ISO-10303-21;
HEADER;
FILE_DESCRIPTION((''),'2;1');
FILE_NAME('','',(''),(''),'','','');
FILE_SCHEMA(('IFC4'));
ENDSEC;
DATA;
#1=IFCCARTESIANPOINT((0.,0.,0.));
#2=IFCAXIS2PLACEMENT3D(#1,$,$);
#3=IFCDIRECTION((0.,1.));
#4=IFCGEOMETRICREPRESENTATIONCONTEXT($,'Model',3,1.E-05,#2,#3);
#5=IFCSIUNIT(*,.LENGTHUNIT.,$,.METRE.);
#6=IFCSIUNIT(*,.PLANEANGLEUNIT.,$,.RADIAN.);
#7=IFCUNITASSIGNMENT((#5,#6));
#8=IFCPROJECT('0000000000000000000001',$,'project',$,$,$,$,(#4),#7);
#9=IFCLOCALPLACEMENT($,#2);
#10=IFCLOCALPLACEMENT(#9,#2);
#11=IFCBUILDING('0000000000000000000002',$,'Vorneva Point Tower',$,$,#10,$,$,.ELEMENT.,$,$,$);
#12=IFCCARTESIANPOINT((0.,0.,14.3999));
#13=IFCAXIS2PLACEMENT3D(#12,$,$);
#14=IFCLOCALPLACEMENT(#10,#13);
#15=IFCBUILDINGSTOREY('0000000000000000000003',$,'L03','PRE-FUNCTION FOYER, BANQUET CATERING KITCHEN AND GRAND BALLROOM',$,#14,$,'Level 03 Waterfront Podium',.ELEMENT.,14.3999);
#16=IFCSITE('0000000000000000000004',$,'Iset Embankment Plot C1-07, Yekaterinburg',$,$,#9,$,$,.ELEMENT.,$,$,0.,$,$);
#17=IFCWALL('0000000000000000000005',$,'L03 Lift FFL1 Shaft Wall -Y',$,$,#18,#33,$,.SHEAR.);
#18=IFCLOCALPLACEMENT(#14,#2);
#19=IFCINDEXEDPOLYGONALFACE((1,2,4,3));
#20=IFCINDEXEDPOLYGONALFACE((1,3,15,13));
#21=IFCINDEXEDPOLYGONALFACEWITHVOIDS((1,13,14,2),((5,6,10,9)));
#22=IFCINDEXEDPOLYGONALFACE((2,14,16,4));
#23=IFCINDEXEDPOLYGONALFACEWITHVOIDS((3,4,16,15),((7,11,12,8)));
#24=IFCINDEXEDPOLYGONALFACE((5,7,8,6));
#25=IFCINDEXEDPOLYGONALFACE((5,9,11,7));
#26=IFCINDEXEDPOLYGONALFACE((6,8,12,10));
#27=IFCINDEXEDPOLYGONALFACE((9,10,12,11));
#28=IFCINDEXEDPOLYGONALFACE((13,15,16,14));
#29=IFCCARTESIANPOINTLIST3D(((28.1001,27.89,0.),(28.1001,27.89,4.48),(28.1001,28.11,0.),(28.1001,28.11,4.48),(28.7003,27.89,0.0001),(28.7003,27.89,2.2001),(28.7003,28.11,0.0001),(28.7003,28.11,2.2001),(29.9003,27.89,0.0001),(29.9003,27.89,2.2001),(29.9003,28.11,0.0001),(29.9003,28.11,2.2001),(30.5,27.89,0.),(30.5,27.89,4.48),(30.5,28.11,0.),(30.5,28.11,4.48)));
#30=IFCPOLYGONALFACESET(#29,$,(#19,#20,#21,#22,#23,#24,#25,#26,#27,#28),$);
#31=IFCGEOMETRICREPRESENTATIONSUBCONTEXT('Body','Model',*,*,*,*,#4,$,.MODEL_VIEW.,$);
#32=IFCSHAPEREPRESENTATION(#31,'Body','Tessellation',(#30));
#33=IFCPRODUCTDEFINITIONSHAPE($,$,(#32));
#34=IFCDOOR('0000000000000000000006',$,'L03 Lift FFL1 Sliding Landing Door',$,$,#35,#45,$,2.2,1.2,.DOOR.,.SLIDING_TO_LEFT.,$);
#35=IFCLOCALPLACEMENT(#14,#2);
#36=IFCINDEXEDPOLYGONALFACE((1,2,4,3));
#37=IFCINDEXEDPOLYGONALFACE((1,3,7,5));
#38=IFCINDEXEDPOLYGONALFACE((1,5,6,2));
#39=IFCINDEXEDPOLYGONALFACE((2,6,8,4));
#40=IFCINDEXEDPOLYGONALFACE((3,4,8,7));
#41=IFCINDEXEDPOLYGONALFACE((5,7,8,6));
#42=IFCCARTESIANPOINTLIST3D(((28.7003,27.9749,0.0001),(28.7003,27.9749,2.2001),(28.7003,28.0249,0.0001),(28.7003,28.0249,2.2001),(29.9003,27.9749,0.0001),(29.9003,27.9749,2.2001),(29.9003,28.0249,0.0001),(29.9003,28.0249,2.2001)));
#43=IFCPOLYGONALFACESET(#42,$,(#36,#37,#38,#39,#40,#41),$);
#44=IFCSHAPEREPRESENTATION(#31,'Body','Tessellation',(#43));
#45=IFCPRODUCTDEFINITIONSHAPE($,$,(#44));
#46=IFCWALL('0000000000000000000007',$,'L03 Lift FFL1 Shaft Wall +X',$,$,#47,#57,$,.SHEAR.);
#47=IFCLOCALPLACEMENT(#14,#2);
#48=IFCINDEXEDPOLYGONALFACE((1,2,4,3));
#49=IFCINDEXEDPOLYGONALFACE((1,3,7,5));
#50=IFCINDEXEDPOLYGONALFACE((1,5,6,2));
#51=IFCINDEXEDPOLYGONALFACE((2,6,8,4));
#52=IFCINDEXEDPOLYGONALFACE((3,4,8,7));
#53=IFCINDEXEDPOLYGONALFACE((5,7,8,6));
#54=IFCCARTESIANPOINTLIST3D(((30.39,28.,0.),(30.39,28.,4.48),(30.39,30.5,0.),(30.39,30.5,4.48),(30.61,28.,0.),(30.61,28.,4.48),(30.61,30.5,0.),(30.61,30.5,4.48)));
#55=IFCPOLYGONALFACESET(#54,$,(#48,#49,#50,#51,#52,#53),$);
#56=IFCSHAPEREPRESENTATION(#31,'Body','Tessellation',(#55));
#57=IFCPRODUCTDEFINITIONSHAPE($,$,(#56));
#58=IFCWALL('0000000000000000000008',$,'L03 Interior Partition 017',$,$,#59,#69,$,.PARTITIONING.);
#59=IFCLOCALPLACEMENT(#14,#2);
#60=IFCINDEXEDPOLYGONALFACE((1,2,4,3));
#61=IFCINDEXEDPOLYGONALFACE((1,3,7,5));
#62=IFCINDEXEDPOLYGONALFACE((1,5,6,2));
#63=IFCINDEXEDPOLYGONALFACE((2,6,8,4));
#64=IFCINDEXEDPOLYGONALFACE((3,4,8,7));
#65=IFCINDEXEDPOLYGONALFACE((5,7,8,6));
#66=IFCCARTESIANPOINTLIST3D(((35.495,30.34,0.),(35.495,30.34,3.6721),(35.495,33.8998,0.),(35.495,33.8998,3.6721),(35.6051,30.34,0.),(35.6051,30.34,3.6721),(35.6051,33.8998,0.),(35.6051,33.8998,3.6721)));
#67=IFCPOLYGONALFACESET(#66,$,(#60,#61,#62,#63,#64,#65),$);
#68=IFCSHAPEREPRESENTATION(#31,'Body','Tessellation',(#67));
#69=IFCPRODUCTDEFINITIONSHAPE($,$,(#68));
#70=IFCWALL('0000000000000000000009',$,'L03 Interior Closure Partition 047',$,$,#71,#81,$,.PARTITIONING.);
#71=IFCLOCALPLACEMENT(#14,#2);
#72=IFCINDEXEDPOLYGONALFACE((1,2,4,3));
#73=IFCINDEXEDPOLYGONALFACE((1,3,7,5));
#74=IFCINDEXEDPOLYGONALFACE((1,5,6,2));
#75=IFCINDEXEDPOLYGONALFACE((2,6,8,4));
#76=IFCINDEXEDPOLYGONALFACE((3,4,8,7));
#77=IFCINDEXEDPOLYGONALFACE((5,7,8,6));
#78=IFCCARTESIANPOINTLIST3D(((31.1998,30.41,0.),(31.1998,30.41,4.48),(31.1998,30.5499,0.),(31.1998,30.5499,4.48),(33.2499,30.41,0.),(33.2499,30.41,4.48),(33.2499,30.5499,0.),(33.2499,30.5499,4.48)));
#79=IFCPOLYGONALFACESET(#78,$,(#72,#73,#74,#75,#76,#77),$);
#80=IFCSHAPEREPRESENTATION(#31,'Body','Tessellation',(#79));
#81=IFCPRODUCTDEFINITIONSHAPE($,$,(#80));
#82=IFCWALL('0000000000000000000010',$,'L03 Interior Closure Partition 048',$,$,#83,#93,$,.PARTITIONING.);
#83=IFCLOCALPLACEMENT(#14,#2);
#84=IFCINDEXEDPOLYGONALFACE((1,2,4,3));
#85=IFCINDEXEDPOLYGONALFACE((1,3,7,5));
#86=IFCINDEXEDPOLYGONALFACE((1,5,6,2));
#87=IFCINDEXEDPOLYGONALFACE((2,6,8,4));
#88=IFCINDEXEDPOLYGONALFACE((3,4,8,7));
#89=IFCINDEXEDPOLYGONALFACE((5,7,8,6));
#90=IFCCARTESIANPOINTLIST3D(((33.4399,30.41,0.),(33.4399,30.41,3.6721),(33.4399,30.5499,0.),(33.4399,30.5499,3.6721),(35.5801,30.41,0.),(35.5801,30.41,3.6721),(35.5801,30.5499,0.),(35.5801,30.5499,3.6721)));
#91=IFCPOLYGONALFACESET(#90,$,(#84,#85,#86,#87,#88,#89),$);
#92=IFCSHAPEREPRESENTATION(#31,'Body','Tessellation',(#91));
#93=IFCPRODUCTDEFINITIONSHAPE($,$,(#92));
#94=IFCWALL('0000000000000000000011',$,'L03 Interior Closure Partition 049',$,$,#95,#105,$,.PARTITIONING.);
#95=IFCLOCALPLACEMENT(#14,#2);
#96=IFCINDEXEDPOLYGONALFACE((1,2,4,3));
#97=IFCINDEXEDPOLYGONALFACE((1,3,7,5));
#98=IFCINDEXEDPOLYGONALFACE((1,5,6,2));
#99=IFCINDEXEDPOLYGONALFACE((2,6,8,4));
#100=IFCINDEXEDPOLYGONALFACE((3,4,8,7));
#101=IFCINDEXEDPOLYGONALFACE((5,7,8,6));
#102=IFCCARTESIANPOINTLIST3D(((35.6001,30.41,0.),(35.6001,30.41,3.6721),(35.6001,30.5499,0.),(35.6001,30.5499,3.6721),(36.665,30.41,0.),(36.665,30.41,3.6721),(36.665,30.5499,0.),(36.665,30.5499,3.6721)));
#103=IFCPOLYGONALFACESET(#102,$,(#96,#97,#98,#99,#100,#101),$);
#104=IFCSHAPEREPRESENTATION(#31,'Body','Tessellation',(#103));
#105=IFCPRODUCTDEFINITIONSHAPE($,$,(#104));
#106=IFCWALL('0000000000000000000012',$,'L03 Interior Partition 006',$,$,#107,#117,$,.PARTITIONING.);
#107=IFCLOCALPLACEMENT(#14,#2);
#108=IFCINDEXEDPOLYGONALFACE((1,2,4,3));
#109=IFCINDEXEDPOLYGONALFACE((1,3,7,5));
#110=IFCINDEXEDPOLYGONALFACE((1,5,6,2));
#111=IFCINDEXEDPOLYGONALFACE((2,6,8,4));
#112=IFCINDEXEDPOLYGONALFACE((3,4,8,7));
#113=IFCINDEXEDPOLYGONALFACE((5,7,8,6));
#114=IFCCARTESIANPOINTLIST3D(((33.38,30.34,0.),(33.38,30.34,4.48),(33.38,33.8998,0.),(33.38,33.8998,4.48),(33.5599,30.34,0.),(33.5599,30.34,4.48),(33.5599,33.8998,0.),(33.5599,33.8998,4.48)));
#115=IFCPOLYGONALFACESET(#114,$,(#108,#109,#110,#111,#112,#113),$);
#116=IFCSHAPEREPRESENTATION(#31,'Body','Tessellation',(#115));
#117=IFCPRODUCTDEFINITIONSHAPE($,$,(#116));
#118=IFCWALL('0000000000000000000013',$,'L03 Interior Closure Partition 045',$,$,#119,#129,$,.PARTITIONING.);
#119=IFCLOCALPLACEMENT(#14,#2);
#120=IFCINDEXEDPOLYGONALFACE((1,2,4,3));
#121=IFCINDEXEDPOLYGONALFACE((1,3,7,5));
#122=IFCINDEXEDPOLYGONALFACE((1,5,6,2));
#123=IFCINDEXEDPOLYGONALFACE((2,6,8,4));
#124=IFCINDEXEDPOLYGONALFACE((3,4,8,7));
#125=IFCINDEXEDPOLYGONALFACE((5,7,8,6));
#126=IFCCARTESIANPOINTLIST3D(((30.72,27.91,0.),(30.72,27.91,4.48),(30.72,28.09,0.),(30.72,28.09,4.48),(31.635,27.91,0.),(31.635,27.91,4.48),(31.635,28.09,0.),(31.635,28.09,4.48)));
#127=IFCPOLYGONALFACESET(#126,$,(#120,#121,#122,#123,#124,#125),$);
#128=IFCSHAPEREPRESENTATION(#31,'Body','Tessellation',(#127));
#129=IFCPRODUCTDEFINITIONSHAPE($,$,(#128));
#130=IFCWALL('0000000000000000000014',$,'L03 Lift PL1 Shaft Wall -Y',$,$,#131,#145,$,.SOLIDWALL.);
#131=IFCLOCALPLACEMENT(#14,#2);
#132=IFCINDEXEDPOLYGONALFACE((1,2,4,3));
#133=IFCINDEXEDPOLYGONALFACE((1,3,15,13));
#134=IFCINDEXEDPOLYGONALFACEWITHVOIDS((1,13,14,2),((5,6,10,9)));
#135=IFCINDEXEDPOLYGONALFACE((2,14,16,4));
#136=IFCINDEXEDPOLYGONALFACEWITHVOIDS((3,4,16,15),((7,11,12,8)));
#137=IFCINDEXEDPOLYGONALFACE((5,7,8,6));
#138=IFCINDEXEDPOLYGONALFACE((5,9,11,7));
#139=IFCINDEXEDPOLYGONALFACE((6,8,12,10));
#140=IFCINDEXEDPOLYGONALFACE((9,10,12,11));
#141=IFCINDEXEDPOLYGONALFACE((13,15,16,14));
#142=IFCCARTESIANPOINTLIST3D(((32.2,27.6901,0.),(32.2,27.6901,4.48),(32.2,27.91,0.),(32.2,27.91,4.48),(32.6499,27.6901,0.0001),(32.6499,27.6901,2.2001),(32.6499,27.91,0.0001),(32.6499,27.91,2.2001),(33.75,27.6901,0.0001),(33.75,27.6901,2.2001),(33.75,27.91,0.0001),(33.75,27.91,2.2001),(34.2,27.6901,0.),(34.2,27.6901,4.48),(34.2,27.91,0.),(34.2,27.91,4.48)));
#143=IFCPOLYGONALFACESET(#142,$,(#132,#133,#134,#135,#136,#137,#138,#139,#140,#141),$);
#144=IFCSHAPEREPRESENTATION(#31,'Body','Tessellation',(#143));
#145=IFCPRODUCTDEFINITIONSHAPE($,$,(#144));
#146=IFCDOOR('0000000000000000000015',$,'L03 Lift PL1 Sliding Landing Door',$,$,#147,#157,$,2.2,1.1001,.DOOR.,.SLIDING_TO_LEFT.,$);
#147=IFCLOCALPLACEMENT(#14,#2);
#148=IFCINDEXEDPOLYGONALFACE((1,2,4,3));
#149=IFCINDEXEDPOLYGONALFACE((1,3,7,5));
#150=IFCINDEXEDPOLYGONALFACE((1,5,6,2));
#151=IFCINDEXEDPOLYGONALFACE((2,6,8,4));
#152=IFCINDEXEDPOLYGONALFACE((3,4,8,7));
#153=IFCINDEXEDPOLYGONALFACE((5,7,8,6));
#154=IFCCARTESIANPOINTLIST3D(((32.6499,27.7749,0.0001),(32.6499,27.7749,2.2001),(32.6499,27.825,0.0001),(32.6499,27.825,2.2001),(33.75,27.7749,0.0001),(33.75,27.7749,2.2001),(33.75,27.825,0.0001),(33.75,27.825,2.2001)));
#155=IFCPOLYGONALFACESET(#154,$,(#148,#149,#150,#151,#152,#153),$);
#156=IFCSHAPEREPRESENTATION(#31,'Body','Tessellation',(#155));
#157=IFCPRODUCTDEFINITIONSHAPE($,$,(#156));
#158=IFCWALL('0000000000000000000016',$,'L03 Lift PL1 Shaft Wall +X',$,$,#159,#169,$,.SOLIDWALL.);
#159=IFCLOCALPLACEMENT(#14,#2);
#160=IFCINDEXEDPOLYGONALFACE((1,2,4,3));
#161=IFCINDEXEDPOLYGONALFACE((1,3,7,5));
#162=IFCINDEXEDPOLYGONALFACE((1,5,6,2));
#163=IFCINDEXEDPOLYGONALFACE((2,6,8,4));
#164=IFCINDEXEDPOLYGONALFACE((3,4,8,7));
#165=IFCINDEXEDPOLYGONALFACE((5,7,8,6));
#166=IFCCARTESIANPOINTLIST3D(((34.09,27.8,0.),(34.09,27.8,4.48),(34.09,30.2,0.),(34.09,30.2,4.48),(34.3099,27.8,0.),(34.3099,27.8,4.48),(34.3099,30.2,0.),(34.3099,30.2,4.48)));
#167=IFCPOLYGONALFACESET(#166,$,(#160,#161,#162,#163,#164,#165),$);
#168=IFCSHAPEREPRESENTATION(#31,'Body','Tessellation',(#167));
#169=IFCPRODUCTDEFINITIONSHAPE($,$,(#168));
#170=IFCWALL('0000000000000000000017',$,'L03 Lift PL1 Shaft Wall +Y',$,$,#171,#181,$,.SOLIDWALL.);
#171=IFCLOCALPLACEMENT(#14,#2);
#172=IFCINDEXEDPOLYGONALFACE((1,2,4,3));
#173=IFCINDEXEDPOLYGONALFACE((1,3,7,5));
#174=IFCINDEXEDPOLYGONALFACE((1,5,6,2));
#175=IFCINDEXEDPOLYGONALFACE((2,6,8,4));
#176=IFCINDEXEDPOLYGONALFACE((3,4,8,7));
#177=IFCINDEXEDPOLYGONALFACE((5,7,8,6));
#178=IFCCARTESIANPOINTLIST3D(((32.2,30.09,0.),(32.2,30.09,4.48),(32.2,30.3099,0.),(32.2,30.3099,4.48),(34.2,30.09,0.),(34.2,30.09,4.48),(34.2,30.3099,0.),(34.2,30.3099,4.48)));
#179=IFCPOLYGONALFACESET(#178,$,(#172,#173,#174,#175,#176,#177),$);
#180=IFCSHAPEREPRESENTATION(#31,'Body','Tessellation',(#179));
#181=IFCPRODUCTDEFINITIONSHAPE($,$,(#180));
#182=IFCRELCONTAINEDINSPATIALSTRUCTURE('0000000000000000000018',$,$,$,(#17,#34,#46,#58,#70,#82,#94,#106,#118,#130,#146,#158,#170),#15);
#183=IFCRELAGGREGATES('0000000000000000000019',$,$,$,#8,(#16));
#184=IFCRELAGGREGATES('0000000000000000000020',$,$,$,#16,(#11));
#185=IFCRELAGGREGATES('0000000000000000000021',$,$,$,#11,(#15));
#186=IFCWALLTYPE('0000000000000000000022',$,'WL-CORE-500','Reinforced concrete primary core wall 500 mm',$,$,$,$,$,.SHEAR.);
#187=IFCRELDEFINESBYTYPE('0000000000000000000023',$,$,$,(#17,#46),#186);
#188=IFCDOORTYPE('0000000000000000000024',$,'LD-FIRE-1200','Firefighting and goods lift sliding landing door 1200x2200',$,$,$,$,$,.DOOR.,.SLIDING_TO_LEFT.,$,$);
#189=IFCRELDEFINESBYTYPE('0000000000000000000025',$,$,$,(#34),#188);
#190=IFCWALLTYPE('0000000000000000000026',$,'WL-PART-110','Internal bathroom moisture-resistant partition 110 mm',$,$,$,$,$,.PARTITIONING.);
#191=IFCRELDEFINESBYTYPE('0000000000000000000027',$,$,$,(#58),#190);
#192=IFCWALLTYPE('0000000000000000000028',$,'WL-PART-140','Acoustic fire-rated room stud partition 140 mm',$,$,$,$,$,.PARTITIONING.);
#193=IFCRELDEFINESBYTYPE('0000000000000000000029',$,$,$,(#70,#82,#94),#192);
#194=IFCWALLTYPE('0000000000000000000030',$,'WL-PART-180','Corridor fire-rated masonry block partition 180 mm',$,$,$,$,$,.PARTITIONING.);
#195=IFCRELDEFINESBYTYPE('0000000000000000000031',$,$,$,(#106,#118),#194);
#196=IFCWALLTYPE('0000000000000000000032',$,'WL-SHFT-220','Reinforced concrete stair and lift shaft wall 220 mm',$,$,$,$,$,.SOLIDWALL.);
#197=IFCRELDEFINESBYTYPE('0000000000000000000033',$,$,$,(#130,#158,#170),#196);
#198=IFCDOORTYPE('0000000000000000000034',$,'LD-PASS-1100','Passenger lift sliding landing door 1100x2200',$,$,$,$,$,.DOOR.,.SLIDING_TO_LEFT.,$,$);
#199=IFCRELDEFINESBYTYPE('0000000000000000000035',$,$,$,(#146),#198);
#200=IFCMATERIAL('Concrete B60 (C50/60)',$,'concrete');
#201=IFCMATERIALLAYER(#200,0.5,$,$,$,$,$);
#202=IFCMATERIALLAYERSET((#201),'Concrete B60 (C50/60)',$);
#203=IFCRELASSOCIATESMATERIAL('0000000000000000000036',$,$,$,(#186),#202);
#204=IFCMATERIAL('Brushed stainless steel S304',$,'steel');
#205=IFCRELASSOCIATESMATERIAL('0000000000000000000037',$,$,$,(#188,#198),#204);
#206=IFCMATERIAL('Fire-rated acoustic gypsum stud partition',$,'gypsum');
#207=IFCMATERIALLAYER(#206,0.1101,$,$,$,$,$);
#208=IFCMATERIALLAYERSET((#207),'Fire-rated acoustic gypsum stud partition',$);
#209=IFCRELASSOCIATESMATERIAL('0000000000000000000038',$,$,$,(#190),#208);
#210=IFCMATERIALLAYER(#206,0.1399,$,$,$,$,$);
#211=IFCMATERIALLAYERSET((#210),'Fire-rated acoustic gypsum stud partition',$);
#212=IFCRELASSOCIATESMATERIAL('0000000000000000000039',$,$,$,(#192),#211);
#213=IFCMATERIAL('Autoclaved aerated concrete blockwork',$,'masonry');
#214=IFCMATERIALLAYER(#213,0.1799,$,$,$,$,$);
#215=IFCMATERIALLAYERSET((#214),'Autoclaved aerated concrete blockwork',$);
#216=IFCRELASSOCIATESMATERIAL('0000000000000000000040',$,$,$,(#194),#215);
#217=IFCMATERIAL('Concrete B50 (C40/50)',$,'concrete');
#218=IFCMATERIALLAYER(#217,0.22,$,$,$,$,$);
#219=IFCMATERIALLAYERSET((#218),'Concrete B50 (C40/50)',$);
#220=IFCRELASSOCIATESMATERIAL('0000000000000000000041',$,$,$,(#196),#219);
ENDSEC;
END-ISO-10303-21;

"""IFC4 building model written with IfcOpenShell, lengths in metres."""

from ifc_helpers import new_model, si_unit, direction, frame, frame_2d, origin, place, context, subcontext, project, spatial, rectangle, extrude, material, layer, layer_set, type_object, element, fill, save


model = new_model("IFC4")

# Units and contexts
model_context = context("Model", 3, precision=1e-05, world=origin(), true_north=direction((0.0, 1.0)))
body_context = subcontext(model_context, "Body", "Model", "MODEL_VIEW")
ifc_project = project(units=[si_unit("LENGTHUNIT", "METRE"), si_unit("PLANEANGLEUNIT", "RADIAN")], contexts=[model_context])

# Site, building, storey
site_placement = place(None, origin())
site = spatial("IfcSite", under=ifc_project, at=site_placement, Name="Iset Embankment Plot C1-07, Yekaterinburg", CompositionType="ELEMENT", RefElevation=0.0)
building_placement = place(site_placement, origin())
building = spatial("IfcBuilding", under=site, at=building_placement, Name="Vorneva Point Tower", CompositionType="ELEMENT")
storey_placement = place(building_placement, frame((0.0, 0.0, 14.3999)))
storey = spatial("IfcBuildingStorey", under=building, at=storey_placement, Name="L03", Description="PRE-FUNCTION FOYER, BANQUET CATERING KITCHEN AND GRAND BALLROOM", LongName="Level 03 Waterfront Podium", CompositionType="ELEMENT", Elevation=14.3999)

# Wall, opening, door
ifc_material_1 = material(Name="Concrete B60 (C50/60)", Category="concrete")
ifc_layer_1 = layer(ifc_material_1, 0.5)
ifc_layer_set_1 = layer_set([ifc_layer_1], Name="Concrete B60 (C50/60)")
wall_type_1 = type_object("IfcWallType", Name="WL-CORE-500", Description="Reinforced concrete primary core wall 500 mm", PredefinedType="SHEAR", material=ifc_layer_set_1)
wall_1_placement = place(storey_placement, frame((28.1001, 28.0, 0.0), z_axis=(0.0, 0.0, 1.0), x_axis=(1.0, 0.0, 0.0)))
wall_1 = element("IfcWall", 1, at=wall_1_placement, inside=storey, type_object=wall_type_1, Name="L03 Lift FFL1 Shaft Wall -Y", PredefinedType="SHEAR", context=body_context, shape_type="SweptSolid", body=[
    extrude(rectangle(XDim=2.3999, YDim=0.22, at=frame_2d((1.2, 0.0))), origin(), (0.0, 0.0, 1.0), 4.48),
])
opening_1_placement = place(wall_1_placement, frame((0.6001, 0.0, 0.0)))
opening_1 = element("IfcOpeningElement", 2, at=opening_1_placement, cuts=wall_1, PredefinedType="OPENING", context=body_context, shape_type="SweptSolid", body=[
    extrude(rectangle(XDim=1.2, YDim=2.2, at=frame_2d((0.6001, 1.1001))), frame((0.0, 0.125, 0.0), z_axis=(0.0, -1.0, 0.0), x_axis=(1.0, 0.0, 0.0)), (0.0, 0.0, 1.0), 0.2498),
])
ifc_material_2 = material(Name="Brushed stainless steel S304", Category="steel")
door_type_1 = type_object("IfcDoorType", Name="LD-FIRE-1200", Description="Firefighting and goods lift sliding landing door 1200x2200", OperationType="SLIDING_TO_LEFT", PredefinedType="DOOR", material=ifc_material_2)
door_1_placement = place(opening_1_placement, origin())
door_1 = element("IfcDoor", 3, at=door_1_placement, inside=storey, type_object=door_type_1, Name="L03 Lift FFL1 Sliding Landing Door", OperationType="SLIDING_TO_LEFT", OverallHeight=2.2, OverallWidth=1.2, PredefinedType="DOOR", context=body_context, shape_type="SweptSolid", body=[
    extrude(rectangle(XDim=1.2, YDim=2.2, at=frame_2d((0.6001, 1.1001))), frame((0.0, 0.0249, 0.0), z_axis=(0.0, -1.0, 0.0), x_axis=(1.0, 0.0, 0.0)), (0.0, 0.0, 1.0), 0.05),
])
fill(opening_1, door_1)

# Walls
wall_2_placement = place(storey_placement, frame((30.5, 28.0, 0.0), z_axis=(0.0, 0.0, 1.0), x_axis=(0.0, 1.0, 0.0)))
element("IfcWall", 4, at=wall_2_placement, inside=storey, type_object=wall_type_1, Name="L03 Lift FFL1 Shaft Wall +X", PredefinedType="SHEAR", context=body_context, shape_type="SweptSolid", body=[
    extrude(rectangle(XDim=2.5, YDim=0.22, at=frame_2d((1.25, 0.0))), origin(), (0.0, 0.0, 1.0), 4.48),
])
ifc_material_3 = material(Name="Fire-rated acoustic gypsum stud partition", Category="gypsum")
ifc_layer_2 = layer(ifc_material_3, 0.1101)
ifc_layer_set_2 = layer_set([ifc_layer_2], Name="Fire-rated acoustic gypsum stud partition")
wall_type_2 = type_object("IfcWallType", Name="WL-PART-110", Description="Internal bathroom moisture-resistant partition 110 mm", PredefinedType="PARTITIONING", material=ifc_layer_set_2)
wall_3_placement = place(storey_placement, frame((35.55, 30.3401, 0.0), z_axis=(0.0, 0.0, 1.0), x_axis=(0.0, 1.0, 0.0)))
element("IfcWall", 5, at=wall_3_placement, inside=storey, type_object=wall_type_2, Name="L03 Interior Partition 017", PredefinedType="PARTITIONING", context=body_context, shape_type="SweptSolid", body=[
    extrude(rectangle(XDim=3.5598, YDim=0.1101, at=frame_2d((1.7798, 0.0))), origin(), (0.0, 0.0, 1.0), 3.6721),
])
ifc_layer_3 = layer(ifc_material_3, 0.1399)
ifc_layer_set_3 = layer_set([ifc_layer_3], Name="Fire-rated acoustic gypsum stud partition")
wall_type_3 = type_object("IfcWallType", Name="WL-PART-140", Description="Acoustic fire-rated room stud partition 140 mm", PredefinedType="PARTITIONING", material=ifc_layer_set_3)
wall_4_placement = place(storey_placement, frame((31.2, 30.48, 0.0), z_axis=(0.0, 0.0, 1.0), x_axis=(1.0, 0.0, 0.0)))
element("IfcWall", 6, at=wall_4_placement, inside=storey, type_object=wall_type_3, Name="L03 Interior Closure Partition 047", PredefinedType="PARTITIONING", context=body_context, shape_type="SweptSolid", body=[
    extrude(rectangle(XDim=2.05, YDim=0.1399, at=frame_2d((1.0249, 0.0))), origin(), (0.0, 0.0, 1.0), 4.48),
])
wall_5_placement = place(storey_placement, frame((33.4399, 30.48, 0.0), z_axis=(0.0, 0.0, 1.0), x_axis=(1.0, 0.0, 0.0)))
element("IfcWall", 7, at=wall_5_placement, inside=storey, type_object=wall_type_3, Name="L03 Interior Closure Partition 048", PredefinedType="PARTITIONING", context=body_context, shape_type="SweptSolid", body=[
    extrude(rectangle(XDim=2.1401, YDim=0.1399, at=frame_2d((1.0701, 0.0))), origin(), (0.0, 0.0, 1.0), 3.6721),
])
wall_6_placement = place(storey_placement, frame((35.6001, 30.48, 0.0), z_axis=(0.0, 0.0, 1.0), x_axis=(1.0, 0.0, 0.0)))
element("IfcWall", 8, at=wall_6_placement, inside=storey, type_object=wall_type_3, Name="L03 Interior Closure Partition 049", PredefinedType="PARTITIONING", context=body_context, shape_type="SweptSolid", body=[
    extrude(rectangle(XDim=1.0649, YDim=0.1399, at=frame_2d((0.5325, 0.0))), origin(), (0.0, 0.0, 1.0), 3.6721),
])

# Shared definitions
ifc_material_4 = material(Name="Autoclaved aerated concrete blockwork", Category="masonry")
ifc_layer_4 = layer(ifc_material_4, 0.1799)
ifc_layer_set_4 = layer_set([ifc_layer_4], Name="Autoclaved aerated concrete blockwork")
wall_type_4 = type_object("IfcWallType", Name="WL-PART-180", Description="Corridor fire-rated masonry block partition 180 mm", PredefinedType="PARTITIONING", material=ifc_layer_set_4)

# Walls
wall_7_placement = place(storey_placement, frame((33.47, 30.3401, 0.0), z_axis=(0.0, 0.0, 1.0), x_axis=(0.0, 1.0, 0.0)))
element("IfcWall", 9, at=wall_7_placement, inside=storey, type_object=wall_type_4, Name="L03 Interior Partition 006", PredefinedType="PARTITIONING", context=body_context, shape_type="SweptSolid", body=[
    extrude(rectangle(XDim=3.5598, YDim=0.1799, at=frame_2d((1.7798, 0.0))), origin(), (0.0, 0.0, 1.0), 4.48),
])
wall_8_placement = place(storey_placement, frame((31.635, 28.0, 0.0), z_axis=(0.0, 0.0, 1.0), x_axis=(-1.0, 0.0, 0.0)))
element("IfcWall", 10, at=wall_8_placement, inside=storey, type_object=wall_type_4, Name="L03 Interior Closure Partition 045", PredefinedType="PARTITIONING", context=body_context, shape_type="SweptSolid", body=[
    extrude(rectangle(XDim=0.915, YDim=0.1799, at=frame_2d((0.4575, 0.0))), origin(), (0.0, 0.0, 1.0), 4.48),
])

# Wall, opening, door
ifc_material_5 = material(Name="Concrete B50 (C40/50)", Category="concrete")
ifc_layer_5 = layer(ifc_material_5, 0.22)
ifc_layer_set_5 = layer_set([ifc_layer_5], Name="Concrete B50 (C40/50)")
wall_type_5 = type_object("IfcWallType", Name="WL-SHFT-220", Description="Reinforced concrete stair and lift shaft wall 220 mm", PredefinedType="SOLIDWALL", material=ifc_layer_set_5)
wall_9_placement = place(storey_placement, frame((32.2, 27.8, 0.0), z_axis=(0.0, 0.0, 1.0), x_axis=(1.0, 0.0, 0.0)))
wall_9 = element("IfcWall", 11, at=wall_9_placement, inside=storey, type_object=wall_type_5, Name="L03 Lift PL1 Shaft Wall -Y", PredefinedType="SOLIDWALL", context=body_context, shape_type="SweptSolid", body=[
    extrude(rectangle(XDim=2.0, YDim=0.22, at=frame_2d((1.0, 0.0))), origin(), (0.0, 0.0, 1.0), 4.48),
])
opening_2_placement = place(wall_9_placement, frame((0.45, 0.0, 0.0)))
opening_2 = element("IfcOpeningElement", 12, at=opening_2_placement, cuts=wall_9, PredefinedType="OPENING", context=body_context, shape_type="SweptSolid", body=[
    extrude(rectangle(XDim=1.1001, YDim=2.2, at=frame_2d((0.55, 1.1001))), frame((0.0, 0.125, 0.0), z_axis=(0.0, -1.0, 0.0), x_axis=(1.0, 0.0, 0.0)), (0.0, 0.0, 1.0), 0.2498),
])
door_type_2 = type_object("IfcDoorType", Name="LD-PASS-1100", Description="Passenger lift sliding landing door 1100x2200", OperationType="SLIDING_TO_LEFT", PredefinedType="DOOR", material=ifc_material_2)
door_2_placement = place(opening_2_placement, origin())
door_2 = element("IfcDoor", 13, at=door_2_placement, inside=storey, type_object=door_type_2, Name="L03 Lift PL1 Sliding Landing Door", OperationType="SLIDING_TO_LEFT", OverallHeight=2.2, OverallWidth=1.1001, PredefinedType="DOOR", context=body_context, shape_type="SweptSolid", body=[
    extrude(rectangle(XDim=1.1001, YDim=2.2, at=frame_2d((0.55, 1.1001))), frame((0.0, 0.0249, 0.0), z_axis=(0.0, -1.0, 0.0), x_axis=(1.0, 0.0, 0.0)), (0.0, 0.0, 1.0), 0.05),
])
fill(opening_2, door_2)

# Walls
wall_10_placement = place(storey_placement, frame((34.2, 27.8, 0.0), z_axis=(0.0, 0.0, 1.0), x_axis=(0.0, 1.0, 0.0)))
element("IfcWall", 14, at=wall_10_placement, inside=storey, type_object=wall_type_5, Name="L03 Lift PL1 Shaft Wall +X", PredefinedType="SOLIDWALL", context=body_context, shape_type="SweptSolid", body=[
    extrude(rectangle(XDim=2.3999, YDim=0.22, at=frame_2d((1.2, 0.0))), origin(), (0.0, 0.0, 1.0), 4.48),
])
wall_11_placement = place(storey_placement, frame((34.2, 30.2, 0.0), z_axis=(0.0, 0.0, 1.0), x_axis=(-1.0, 0.0, 0.0)))
element("IfcWall", 15, at=wall_11_placement, inside=storey, type_object=wall_type_5, Name="L03 Lift PL1 Shaft Wall +Y", PredefinedType="SOLIDWALL", context=body_context, shape_type="SweptSolid", body=[
    extrude(rectangle(XDim=2.0, YDim=0.22, at=frame_2d((1.0, 0.0))), origin(), (0.0, 0.0, 1.0), 4.48),
])

save(model, "model.ifc")
